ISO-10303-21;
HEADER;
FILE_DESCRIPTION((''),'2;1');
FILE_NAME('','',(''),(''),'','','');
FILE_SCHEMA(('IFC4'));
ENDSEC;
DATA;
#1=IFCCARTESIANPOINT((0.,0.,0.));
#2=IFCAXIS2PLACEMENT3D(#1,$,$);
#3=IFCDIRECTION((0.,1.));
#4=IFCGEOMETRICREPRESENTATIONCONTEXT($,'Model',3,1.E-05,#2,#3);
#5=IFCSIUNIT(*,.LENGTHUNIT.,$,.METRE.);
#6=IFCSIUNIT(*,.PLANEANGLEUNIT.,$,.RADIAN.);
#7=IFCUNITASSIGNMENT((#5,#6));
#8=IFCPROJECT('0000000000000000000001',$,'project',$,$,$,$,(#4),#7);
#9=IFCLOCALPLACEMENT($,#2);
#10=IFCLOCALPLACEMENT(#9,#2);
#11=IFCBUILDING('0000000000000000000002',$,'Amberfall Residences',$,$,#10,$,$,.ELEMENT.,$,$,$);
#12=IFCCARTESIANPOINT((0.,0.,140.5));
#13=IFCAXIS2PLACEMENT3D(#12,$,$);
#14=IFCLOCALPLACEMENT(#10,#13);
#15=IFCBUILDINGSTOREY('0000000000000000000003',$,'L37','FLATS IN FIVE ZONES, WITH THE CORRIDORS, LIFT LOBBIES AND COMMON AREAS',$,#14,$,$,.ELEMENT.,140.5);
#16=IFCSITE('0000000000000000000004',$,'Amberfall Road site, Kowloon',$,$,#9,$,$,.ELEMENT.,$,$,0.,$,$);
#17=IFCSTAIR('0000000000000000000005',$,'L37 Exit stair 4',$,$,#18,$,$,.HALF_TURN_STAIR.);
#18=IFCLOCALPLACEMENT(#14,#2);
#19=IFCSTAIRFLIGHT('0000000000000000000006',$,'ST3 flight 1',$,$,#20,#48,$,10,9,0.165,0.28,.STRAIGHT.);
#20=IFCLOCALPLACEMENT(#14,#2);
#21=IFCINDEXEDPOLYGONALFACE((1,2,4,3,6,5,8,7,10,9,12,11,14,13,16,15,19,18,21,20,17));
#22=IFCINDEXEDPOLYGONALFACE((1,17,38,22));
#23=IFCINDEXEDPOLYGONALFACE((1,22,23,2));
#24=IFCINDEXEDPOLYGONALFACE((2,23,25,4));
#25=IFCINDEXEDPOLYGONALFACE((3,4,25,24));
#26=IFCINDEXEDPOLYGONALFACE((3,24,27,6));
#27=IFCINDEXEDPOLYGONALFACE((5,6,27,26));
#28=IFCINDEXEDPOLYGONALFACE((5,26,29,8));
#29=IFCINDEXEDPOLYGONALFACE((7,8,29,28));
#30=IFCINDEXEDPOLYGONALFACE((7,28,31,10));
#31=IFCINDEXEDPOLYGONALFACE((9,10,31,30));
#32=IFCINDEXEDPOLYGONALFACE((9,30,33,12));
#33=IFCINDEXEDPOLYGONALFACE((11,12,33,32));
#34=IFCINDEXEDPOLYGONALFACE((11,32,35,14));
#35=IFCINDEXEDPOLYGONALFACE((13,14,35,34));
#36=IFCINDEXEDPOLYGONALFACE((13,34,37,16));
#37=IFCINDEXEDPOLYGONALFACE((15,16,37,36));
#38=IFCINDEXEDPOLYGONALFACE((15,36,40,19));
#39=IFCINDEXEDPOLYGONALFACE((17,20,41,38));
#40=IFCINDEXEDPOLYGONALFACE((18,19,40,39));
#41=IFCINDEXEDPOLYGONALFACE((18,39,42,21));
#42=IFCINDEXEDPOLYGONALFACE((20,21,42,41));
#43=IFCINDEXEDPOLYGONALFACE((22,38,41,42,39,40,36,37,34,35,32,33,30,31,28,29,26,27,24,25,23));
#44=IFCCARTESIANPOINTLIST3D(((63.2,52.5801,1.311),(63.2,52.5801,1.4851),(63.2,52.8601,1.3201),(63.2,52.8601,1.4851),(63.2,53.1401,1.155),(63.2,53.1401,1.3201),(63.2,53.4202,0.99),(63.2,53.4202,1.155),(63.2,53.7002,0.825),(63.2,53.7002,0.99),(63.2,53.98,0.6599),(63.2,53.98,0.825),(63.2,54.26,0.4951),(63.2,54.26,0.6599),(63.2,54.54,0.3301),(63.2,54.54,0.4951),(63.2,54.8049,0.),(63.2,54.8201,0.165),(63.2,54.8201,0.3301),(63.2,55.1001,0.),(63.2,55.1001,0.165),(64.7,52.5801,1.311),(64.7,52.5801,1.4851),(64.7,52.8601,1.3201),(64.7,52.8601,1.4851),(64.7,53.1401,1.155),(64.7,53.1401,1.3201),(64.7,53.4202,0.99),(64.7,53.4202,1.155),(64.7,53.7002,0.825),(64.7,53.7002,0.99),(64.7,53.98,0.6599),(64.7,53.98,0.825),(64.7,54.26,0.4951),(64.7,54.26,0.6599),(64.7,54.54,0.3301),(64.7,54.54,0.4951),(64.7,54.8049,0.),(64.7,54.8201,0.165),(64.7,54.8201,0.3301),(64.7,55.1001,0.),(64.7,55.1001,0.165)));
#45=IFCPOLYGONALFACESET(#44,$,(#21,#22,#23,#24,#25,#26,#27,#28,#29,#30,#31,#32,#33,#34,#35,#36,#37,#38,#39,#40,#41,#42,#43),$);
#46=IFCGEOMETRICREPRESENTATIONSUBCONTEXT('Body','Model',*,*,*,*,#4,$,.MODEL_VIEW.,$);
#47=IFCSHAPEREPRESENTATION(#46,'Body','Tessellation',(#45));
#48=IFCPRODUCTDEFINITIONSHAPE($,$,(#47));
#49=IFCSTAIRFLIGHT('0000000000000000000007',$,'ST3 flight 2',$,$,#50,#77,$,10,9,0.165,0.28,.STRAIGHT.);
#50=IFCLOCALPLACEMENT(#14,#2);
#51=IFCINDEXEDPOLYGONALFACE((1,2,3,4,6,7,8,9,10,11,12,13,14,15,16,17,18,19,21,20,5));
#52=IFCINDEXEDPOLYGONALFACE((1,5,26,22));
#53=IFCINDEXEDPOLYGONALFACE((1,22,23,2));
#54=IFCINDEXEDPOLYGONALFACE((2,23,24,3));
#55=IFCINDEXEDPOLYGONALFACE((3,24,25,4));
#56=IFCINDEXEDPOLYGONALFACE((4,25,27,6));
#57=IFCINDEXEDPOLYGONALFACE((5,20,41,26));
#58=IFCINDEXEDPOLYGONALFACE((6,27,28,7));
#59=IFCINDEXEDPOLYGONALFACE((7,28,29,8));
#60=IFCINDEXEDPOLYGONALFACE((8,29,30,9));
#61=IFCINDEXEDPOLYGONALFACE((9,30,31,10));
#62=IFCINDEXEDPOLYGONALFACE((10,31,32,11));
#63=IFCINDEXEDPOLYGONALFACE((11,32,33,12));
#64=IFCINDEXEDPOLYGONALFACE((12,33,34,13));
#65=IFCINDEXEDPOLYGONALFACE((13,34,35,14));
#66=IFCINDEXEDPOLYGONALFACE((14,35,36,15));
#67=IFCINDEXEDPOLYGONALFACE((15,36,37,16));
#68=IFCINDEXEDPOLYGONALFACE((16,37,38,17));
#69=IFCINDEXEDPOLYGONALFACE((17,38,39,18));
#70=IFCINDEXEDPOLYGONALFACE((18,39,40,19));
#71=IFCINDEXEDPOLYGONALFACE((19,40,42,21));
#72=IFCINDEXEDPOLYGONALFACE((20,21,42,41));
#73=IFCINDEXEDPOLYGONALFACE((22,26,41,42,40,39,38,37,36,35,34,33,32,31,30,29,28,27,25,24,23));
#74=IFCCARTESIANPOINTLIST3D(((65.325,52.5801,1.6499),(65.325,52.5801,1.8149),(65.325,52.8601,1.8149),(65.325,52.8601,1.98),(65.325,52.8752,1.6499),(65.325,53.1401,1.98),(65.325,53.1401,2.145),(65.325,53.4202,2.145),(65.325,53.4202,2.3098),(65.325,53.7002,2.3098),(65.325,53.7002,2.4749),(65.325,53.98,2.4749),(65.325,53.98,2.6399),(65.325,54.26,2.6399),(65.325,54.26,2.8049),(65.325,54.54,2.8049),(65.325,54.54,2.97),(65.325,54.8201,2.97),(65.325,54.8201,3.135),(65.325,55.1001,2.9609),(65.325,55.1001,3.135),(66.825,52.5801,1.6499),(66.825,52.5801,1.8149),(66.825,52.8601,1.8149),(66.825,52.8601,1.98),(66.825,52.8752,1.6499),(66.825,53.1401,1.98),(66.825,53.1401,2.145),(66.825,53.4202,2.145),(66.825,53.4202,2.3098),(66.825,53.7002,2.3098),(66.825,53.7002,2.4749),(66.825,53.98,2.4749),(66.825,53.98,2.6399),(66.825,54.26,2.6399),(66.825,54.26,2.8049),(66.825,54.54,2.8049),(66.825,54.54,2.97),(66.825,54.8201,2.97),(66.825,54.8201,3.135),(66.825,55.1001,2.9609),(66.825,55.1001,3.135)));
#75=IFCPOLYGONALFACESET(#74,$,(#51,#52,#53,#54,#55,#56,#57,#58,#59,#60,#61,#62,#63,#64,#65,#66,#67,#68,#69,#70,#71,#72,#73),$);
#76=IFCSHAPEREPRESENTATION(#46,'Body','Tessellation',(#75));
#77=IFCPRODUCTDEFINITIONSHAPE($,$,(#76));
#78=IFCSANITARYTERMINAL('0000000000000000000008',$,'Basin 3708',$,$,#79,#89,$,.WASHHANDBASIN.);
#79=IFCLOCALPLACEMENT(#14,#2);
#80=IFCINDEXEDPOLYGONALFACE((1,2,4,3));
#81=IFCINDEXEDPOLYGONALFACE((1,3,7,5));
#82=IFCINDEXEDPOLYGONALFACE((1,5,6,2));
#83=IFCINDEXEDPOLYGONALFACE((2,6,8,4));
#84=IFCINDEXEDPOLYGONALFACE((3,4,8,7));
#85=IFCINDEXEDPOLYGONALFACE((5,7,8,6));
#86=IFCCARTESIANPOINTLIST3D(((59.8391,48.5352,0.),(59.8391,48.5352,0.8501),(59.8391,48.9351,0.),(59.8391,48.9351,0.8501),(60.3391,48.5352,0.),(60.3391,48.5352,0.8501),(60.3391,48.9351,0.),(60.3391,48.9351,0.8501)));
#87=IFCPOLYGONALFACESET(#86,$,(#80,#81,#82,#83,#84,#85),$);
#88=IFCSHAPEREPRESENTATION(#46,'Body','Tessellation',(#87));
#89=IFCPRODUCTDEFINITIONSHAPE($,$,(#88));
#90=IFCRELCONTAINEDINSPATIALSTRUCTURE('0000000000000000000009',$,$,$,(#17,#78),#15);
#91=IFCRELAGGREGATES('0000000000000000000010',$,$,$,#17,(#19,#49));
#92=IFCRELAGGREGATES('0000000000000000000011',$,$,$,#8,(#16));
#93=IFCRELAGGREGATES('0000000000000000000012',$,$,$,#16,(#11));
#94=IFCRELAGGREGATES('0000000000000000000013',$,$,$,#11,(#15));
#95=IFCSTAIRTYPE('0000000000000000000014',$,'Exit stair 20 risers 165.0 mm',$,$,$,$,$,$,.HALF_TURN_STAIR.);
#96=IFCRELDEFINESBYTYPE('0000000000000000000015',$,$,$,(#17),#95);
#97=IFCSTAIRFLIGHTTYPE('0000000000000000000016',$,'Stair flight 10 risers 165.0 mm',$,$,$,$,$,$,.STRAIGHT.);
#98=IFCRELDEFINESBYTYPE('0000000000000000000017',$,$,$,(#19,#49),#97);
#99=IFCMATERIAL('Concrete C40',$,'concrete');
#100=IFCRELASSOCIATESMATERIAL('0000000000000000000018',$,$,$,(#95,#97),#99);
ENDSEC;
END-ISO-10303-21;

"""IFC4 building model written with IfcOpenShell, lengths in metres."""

from ifc_helpers import new_model, si_unit, direction, frame, origin, origin_2d, place, context, subcontext, project, spatial, polyline, rectangle, outline, extrude, material, type_object, element, aggregate, save


model = new_model("IFC4")

# Units and contexts
model_context = context("Model", 3, precision=1e-05, world=origin(), true_north=direction((0.0, 1.0)))
body_context = subcontext(model_context, "Body", "Model", "MODEL_VIEW")
ifc_project = project(units=[si_unit("LENGTHUNIT", "METRE"), si_unit("PLANEANGLEUNIT", "RADIAN")], contexts=[model_context])

# Site, building, storey
site_placement = place(None, origin())
site = spatial("IfcSite", under=ifc_project, at=site_placement, Name="Amberfall Road site, Kowloon", CompositionType="ELEMENT", RefElevation=0.0)
building_placement = place(site_placement, origin())
building = spatial("IfcBuilding", under=site, at=building_placement, Name="Amberfall Residences", CompositionType="ELEMENT")
storey_placement = place(building_placement, frame((0.0, 0.0, 140.5)))
storey = spatial("IfcBuildingStorey", under=building, at=storey_placement, Name="L37", Description="FLATS IN FIVE ZONES, WITH THE CORRIDORS, LIFT LOBBIES AND COMMON AREAS", CompositionType="ELEMENT", Elevation=140.5)

# Stair, stair flights
ifc_material_1 = material(Name="Concrete C40", Category="concrete")
stair_type = type_object("IfcStairType", Name="Exit stair 20 risers 165.0 mm", PredefinedType="HALF_TURN_STAIR", material=ifc_material_1)
stair_placement = place(storey_placement, origin())
stair = element("IfcStair", 1, at=stair_placement, inside=storey, type_object=stair_type, Name="L37 Exit stair 4", PredefinedType="HALF_TURN_STAIR")
stair_flight_type = type_object("IfcStairFlightType", Name="Stair flight 10 risers 165.0 mm", PredefinedType="STRAIGHT", material=ifc_material_1)
stair_flight_1_placement = place(storey_placement, frame((63.95, 55.1001, 0.0), z_axis=(0.0, 0.0, 1.0), x_axis=(0.0, -1.0, 0.0)))
stair_flight_1 = element("IfcStairFlight", 2, at=stair_flight_1_placement, type_object=stair_flight_type, Name="ST3 flight 1", NumberOfRisers=10, NumberOfTreads=9, PredefinedType="STRAIGHT", RiserHeight=0.165, TreadLength=0.28, context=body_context, shape_type="SweptSolid", body=[
    extrude(outline(polyline([(0.0, 0.0), (0.0, 0.165), (0.28, 0.165), (0.28, 0.3301), (0.5601, 0.3301), (0.5601, 0.4951), (0.8401, 0.4951), (0.8401, 0.6599), (1.1201, 0.6599), (1.1201, 0.825), (1.3999, 0.825), (1.3999, 0.99), (1.6799, 0.99), (1.6799, 1.155), (1.96, 1.155), (1.96, 1.3201), (2.24, 1.3201), (2.24, 1.4851), (2.52, 1.4851), (2.52, 1.6499), (2.52, 1.311), (0.2952, 0.0), (0.0, 0.0)])), frame((0.0, 0.75, 0.0), z_axis=(0.0, -1.0, 0.0), x_axis=(1.0, 0.0, 0.0)), (0.0, 0.0, 1.0), 1.5),
])
stair_flight_2_placement = place(storey_placement, frame((66.075, 52.5801, 1.6499), z_axis=(0.0, 0.0, 1.0), x_axis=(0.0, 1.0, 0.0)))
stair_flight_2 = element("IfcStairFlight", 3, at=stair_flight_2_placement, type_object=stair_flight_type, Name="ST3 flight 2", NumberOfRisers=10, NumberOfTreads=9, PredefinedType="STRAIGHT", RiserHeight=0.165, TreadLength=0.28, context=body_context, shape_type="SweptSolid", body=[
    extrude(outline(polyline([(0.0, 0.0), (0.0, 0.165), (0.28, 0.165), (0.28, 0.3301), (0.5601, 0.3301), (0.5601, 0.4951), (0.8401, 0.4951), (0.8401, 0.6599), (1.1201, 0.6599), (1.1201, 0.825), (1.3999, 0.825), (1.3999, 0.99), (1.6799, 0.99), (1.6799, 1.155), (1.96, 1.155), (1.96, 1.3201), (2.24, 1.3201), (2.24, 1.4851), (2.52, 1.4851), (2.52, 1.6499), (2.52, 1.311), (0.2952, 0.0), (0.0, 0.0)])), frame((0.0, 0.75, 0.0), z_axis=(0.0, -1.0, 0.0), x_axis=(1.0, 0.0, 0.0)), (0.0, 0.0, 1.0), 1.5),
])
aggregate(stair, [stair_flight_1, stair_flight_2])

# Sanitary terminal
sanitary_terminal_placement = place(storey_placement, frame((60.0891, 48.7351, 0.0), z_axis=(0.0, 0.0, 1.0), x_axis=(1.0, 0.0, 0.0)))
element("IfcSanitaryTerminal", 4, at=sanitary_terminal_placement, inside=storey, Name="Basin 3708", PredefinedType="WASHHANDBASIN", context=body_context, shape_type="SweptSolid", body=[
    extrude(rectangle(XDim=0.5, YDim=0.3999, at=origin_2d()), origin(), (0.0, 0.0, 1.0), 0.8501),
])

save(model, "model.ifc")
